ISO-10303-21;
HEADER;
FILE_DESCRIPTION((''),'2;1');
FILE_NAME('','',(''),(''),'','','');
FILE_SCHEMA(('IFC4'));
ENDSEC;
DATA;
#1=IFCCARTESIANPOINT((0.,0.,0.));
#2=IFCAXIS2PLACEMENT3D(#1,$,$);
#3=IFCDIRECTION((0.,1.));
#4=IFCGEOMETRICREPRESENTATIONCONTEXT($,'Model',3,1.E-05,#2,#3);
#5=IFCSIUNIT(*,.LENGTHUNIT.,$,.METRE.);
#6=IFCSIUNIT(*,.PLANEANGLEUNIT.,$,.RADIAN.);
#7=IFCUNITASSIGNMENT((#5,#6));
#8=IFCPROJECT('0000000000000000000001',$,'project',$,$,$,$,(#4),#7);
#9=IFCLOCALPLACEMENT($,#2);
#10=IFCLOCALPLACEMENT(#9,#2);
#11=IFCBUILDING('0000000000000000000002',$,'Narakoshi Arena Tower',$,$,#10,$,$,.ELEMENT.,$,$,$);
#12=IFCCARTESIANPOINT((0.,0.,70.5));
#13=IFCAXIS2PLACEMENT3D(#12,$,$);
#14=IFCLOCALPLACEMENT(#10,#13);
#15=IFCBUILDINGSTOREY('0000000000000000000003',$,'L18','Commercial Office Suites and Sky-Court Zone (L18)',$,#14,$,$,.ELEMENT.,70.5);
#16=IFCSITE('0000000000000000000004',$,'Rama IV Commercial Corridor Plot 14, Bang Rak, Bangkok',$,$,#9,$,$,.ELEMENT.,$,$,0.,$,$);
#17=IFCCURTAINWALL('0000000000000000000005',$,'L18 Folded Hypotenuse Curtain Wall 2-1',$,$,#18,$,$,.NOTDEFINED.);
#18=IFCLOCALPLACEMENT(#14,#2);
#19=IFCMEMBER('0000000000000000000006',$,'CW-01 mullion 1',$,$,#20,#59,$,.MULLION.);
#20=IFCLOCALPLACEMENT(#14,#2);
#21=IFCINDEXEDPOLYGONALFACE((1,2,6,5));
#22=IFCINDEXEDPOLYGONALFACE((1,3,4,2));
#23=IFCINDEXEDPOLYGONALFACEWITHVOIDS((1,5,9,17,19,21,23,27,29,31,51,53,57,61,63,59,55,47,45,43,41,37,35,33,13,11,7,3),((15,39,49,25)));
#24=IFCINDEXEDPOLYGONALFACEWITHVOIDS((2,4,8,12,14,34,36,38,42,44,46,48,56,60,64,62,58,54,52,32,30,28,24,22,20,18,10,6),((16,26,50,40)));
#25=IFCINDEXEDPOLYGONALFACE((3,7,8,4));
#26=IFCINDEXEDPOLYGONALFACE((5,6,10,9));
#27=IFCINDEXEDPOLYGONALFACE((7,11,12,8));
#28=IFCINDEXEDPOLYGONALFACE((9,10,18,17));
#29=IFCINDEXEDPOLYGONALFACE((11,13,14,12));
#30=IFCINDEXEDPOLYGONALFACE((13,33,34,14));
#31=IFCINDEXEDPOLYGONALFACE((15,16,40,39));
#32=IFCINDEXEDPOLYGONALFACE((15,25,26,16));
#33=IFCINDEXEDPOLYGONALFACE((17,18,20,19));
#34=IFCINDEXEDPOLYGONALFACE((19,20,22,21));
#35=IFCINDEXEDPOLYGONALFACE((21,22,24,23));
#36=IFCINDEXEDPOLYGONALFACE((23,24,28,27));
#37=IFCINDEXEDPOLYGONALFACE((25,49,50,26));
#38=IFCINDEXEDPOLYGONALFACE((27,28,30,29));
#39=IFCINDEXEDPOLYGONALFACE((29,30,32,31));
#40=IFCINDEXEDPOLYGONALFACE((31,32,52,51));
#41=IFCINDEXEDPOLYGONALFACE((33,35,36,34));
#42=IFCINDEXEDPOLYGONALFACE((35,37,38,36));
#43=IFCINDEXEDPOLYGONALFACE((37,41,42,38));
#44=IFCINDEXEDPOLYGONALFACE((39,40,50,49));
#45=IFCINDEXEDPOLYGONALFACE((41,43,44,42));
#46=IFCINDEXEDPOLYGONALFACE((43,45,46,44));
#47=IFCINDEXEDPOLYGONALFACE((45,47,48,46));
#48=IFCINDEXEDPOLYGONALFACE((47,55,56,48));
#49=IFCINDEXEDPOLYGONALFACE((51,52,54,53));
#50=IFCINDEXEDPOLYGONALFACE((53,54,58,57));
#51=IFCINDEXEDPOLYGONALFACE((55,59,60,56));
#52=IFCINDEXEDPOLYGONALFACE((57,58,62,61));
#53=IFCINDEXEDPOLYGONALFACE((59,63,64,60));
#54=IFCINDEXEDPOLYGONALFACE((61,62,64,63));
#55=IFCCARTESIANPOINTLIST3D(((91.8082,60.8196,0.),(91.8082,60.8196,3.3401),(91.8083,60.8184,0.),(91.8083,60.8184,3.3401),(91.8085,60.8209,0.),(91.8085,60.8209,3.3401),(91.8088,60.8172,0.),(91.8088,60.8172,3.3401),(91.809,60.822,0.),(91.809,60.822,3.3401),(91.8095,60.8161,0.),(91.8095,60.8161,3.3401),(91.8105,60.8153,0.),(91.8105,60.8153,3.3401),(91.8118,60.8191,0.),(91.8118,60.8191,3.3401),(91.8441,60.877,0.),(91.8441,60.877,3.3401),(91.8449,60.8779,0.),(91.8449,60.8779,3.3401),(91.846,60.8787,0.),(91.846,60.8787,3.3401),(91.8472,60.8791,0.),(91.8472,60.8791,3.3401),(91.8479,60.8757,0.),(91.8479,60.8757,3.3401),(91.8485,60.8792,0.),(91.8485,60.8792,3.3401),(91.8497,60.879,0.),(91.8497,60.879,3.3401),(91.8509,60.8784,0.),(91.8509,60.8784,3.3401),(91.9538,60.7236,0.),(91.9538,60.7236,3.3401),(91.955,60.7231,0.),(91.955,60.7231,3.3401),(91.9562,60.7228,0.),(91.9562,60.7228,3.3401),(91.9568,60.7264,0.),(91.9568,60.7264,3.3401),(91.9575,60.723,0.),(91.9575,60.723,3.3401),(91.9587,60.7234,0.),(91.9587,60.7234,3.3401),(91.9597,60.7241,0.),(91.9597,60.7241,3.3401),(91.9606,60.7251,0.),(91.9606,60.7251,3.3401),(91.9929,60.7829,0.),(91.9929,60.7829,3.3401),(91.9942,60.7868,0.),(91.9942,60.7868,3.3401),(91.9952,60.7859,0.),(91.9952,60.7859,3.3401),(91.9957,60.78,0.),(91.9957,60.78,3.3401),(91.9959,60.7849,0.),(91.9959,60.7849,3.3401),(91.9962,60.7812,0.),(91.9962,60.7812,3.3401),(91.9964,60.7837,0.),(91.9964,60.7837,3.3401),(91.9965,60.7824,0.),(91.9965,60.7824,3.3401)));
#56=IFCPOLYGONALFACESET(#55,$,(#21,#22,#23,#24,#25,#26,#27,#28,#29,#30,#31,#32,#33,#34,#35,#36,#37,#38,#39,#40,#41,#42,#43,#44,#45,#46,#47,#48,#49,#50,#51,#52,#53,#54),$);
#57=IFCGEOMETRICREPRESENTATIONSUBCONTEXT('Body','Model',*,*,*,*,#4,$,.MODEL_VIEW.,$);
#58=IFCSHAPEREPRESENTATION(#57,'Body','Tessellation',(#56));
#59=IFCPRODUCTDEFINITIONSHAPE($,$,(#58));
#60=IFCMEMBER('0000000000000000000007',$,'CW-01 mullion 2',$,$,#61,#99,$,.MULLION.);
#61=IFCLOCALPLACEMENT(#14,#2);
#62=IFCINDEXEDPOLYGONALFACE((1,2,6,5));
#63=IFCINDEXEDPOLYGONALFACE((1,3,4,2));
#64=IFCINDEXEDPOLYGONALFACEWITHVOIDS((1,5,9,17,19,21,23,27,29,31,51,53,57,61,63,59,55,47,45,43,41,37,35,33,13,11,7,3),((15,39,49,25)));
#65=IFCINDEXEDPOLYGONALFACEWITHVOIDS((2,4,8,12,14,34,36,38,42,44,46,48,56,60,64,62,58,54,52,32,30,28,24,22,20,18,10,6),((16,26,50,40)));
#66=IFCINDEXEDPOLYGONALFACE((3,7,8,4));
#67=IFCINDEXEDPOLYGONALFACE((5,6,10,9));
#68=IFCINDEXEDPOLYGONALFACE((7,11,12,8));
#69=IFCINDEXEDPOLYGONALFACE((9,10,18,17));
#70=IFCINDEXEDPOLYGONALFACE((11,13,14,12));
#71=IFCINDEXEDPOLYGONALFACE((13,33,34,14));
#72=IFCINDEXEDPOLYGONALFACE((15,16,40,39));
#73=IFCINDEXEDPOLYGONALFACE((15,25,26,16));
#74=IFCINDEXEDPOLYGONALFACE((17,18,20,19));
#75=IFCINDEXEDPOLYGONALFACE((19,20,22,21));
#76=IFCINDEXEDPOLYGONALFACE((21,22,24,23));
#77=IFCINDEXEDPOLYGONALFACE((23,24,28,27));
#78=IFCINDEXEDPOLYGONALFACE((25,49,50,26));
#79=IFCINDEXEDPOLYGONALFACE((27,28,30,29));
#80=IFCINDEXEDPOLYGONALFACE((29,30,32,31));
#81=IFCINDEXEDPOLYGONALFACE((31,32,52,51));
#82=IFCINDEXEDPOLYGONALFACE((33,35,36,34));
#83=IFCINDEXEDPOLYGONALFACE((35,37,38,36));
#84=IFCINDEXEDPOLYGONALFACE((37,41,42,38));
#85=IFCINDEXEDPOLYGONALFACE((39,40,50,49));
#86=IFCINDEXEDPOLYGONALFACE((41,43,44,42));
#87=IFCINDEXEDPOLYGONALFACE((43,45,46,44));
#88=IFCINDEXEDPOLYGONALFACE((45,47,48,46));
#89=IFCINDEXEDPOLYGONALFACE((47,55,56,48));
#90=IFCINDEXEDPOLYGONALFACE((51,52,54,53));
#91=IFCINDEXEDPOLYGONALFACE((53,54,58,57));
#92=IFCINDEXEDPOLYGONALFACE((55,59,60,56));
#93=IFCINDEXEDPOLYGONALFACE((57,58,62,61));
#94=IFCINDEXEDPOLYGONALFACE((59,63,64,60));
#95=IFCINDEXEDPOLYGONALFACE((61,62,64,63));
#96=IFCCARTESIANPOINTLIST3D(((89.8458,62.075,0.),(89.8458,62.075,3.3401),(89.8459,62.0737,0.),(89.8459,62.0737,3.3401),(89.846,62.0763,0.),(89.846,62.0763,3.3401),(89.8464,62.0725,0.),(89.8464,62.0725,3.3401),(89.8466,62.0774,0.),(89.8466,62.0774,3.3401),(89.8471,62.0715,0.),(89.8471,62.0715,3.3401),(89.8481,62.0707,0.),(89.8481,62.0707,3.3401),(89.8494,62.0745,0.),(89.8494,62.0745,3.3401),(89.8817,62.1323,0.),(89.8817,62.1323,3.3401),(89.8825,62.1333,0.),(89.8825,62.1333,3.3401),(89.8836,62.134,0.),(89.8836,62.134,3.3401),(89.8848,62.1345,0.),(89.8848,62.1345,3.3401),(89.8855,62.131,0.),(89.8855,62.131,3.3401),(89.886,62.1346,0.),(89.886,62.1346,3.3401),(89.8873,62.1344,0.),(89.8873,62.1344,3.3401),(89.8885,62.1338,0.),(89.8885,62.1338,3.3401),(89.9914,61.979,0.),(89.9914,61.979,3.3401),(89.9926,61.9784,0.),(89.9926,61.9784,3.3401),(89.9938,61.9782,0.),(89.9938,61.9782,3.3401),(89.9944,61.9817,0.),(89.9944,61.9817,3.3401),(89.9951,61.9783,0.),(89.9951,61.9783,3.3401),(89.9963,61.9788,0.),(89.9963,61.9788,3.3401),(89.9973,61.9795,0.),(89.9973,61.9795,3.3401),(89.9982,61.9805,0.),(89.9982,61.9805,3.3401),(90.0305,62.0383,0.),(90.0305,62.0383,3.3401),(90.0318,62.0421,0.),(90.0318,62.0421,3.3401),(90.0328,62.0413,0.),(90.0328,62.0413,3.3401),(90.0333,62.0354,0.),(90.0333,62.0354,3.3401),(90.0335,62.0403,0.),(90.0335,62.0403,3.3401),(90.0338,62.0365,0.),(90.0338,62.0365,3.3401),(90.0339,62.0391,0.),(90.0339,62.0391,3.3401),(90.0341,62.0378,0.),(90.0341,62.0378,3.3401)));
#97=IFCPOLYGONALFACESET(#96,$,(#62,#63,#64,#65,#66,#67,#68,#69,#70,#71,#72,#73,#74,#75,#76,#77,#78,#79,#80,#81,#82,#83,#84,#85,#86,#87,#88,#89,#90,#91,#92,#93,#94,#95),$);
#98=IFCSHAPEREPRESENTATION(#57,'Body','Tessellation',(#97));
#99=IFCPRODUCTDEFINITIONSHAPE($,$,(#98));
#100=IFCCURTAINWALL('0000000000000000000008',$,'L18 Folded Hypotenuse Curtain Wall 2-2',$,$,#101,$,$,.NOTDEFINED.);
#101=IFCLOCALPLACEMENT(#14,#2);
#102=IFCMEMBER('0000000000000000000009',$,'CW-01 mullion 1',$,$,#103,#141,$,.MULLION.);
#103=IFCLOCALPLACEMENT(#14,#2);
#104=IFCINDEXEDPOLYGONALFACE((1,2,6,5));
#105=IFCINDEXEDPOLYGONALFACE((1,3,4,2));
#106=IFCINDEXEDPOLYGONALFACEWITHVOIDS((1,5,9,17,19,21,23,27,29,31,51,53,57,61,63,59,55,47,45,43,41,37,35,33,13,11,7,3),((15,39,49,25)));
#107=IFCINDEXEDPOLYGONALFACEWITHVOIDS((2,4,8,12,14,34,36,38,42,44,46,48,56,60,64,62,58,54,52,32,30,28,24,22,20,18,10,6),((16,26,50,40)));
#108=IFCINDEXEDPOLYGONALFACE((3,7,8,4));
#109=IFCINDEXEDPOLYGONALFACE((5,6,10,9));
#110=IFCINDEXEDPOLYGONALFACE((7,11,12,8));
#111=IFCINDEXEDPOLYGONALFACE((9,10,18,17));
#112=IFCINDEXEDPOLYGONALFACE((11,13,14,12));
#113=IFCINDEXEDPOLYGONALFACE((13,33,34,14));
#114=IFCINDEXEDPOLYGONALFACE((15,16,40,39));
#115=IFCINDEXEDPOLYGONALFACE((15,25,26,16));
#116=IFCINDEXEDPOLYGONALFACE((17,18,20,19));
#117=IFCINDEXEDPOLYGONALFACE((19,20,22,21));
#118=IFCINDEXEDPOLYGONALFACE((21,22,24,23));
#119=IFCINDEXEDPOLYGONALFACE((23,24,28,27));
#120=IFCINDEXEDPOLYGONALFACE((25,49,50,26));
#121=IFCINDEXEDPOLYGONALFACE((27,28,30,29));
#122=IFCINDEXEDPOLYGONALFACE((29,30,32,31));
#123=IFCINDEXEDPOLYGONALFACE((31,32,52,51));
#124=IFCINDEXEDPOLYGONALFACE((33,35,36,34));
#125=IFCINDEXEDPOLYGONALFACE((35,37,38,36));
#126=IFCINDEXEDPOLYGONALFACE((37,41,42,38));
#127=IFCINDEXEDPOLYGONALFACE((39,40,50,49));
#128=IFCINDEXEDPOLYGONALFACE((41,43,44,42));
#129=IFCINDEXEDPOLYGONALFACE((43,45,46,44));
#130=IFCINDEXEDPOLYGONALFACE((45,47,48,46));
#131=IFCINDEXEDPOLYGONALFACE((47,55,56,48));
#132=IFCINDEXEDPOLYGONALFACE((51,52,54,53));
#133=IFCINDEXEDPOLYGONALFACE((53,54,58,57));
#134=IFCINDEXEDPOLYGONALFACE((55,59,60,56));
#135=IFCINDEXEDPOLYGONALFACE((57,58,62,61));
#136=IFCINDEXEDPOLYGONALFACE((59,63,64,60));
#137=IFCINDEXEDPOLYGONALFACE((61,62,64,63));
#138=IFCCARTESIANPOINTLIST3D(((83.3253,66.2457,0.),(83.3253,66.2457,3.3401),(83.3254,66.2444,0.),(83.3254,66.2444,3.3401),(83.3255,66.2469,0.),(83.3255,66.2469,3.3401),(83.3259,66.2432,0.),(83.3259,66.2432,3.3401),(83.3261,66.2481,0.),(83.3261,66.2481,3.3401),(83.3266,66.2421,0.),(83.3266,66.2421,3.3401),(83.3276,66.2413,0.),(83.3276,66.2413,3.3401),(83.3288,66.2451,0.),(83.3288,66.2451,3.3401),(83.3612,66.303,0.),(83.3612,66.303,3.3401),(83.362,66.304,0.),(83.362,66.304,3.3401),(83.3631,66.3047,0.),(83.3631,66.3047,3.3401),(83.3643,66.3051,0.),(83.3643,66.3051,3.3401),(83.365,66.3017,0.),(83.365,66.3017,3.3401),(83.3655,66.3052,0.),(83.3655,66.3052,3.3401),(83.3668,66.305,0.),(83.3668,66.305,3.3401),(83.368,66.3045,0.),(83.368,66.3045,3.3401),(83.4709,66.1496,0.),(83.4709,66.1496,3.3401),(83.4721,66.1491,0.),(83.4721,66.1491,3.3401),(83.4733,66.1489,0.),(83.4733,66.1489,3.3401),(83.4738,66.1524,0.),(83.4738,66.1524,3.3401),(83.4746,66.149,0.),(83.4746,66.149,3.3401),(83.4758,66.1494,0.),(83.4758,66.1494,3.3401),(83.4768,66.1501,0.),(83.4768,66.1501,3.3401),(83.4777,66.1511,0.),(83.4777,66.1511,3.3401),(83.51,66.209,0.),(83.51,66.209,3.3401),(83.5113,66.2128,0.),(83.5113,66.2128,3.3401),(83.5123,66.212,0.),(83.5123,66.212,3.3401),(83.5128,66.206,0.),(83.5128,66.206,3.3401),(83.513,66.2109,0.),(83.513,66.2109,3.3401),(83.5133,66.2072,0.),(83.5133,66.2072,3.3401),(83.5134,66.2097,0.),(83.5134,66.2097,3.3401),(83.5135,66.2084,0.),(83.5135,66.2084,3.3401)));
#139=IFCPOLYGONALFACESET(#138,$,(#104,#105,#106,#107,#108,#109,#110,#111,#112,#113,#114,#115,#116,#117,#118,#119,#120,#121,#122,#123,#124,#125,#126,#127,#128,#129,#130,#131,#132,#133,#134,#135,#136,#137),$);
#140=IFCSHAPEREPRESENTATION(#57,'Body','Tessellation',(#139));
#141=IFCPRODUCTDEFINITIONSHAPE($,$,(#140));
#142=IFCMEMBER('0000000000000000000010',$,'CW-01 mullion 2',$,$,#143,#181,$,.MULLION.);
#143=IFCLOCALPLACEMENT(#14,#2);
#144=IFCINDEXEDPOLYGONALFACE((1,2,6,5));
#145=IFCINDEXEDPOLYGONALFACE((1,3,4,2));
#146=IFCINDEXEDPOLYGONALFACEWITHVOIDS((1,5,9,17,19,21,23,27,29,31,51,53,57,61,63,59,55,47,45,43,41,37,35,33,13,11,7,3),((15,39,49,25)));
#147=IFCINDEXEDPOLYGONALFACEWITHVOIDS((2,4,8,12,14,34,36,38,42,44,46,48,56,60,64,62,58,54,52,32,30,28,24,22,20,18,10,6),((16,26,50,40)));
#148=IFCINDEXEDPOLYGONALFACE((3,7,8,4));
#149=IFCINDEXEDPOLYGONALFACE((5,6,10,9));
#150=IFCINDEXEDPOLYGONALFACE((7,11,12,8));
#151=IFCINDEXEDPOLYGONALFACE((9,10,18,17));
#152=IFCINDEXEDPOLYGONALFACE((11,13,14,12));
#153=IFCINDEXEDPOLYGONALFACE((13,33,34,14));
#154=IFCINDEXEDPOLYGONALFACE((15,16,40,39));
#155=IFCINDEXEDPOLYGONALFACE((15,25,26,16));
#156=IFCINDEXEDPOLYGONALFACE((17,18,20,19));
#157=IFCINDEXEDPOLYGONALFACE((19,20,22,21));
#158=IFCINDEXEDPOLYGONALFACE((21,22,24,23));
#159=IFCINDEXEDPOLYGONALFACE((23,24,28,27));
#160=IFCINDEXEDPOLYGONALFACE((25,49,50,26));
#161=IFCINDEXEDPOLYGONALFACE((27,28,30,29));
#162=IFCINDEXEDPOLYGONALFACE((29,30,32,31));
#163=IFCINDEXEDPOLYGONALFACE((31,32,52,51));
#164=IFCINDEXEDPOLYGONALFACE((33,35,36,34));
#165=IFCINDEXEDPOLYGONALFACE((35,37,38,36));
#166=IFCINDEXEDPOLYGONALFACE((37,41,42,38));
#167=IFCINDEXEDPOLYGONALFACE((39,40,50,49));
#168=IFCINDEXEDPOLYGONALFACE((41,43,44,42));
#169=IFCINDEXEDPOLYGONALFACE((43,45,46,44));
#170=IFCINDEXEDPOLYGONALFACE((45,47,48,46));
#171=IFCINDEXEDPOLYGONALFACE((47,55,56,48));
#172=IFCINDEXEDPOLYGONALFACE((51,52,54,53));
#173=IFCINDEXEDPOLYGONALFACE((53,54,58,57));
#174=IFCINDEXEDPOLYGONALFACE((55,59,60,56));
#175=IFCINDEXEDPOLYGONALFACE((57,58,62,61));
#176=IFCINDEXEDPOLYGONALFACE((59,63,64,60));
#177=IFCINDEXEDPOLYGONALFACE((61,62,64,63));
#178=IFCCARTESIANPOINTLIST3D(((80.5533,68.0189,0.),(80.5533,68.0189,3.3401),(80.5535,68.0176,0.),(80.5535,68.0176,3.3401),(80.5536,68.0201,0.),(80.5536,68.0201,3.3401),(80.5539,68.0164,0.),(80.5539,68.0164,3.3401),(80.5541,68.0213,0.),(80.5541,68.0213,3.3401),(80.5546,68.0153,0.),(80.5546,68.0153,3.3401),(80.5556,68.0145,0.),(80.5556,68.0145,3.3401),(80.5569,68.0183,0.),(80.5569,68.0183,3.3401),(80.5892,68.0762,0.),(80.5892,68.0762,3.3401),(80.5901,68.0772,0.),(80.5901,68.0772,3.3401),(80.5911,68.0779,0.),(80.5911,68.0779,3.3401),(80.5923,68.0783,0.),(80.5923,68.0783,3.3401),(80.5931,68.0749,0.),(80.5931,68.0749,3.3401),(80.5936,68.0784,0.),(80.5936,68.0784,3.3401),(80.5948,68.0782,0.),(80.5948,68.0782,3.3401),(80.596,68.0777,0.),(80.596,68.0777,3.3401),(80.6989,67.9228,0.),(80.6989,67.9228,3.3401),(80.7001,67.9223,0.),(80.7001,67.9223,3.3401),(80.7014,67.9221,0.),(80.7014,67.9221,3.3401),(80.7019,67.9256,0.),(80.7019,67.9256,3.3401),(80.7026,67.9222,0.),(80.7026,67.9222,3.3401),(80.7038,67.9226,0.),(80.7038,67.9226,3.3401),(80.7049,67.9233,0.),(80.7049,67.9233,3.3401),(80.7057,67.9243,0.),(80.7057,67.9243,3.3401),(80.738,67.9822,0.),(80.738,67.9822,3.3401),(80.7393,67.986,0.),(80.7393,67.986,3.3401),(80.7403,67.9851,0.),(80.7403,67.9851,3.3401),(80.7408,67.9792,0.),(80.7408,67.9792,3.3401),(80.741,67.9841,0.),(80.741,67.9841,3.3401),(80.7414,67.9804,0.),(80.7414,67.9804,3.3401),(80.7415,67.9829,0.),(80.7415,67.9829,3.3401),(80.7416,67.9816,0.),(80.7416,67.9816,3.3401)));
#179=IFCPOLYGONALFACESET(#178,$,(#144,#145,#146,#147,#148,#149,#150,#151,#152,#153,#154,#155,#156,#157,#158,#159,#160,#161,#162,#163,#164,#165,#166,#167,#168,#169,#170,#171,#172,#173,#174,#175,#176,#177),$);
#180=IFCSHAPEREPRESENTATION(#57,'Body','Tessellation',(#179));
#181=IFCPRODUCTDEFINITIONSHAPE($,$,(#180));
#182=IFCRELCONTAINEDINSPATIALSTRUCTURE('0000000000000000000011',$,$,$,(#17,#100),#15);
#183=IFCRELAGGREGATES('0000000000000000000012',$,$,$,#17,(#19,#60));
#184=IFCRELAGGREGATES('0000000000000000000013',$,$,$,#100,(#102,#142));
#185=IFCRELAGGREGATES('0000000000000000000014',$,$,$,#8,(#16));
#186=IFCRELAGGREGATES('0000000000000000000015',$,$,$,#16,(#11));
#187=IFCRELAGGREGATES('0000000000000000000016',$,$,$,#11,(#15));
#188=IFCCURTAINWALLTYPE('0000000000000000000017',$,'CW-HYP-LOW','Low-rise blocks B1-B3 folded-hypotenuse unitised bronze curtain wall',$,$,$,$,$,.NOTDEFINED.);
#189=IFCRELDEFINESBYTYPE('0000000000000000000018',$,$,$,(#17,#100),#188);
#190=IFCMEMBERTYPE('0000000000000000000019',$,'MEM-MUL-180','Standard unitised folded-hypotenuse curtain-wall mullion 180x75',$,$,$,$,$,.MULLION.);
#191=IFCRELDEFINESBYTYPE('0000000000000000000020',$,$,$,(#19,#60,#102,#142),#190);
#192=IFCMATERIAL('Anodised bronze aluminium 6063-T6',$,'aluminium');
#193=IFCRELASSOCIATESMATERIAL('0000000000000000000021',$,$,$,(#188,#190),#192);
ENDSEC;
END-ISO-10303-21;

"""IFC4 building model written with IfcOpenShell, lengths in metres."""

from ifc_helpers import new_model, si_unit, direction, frame, origin, origin_2d, place, context, subcontext, project, spatial, hollow_rectangle, extrude, material, material_profile, profile_set, type_object, element, aggregate, save


model = new_model("IFC4")

# Units and contexts
model_context = context("Model", 3, precision=1e-05, world=origin(), true_north=direction((0.0, 1.0)))
body_context = subcontext(model_context, "Body", "Model", "MODEL_VIEW")
ifc_project = project(units=[si_unit("LENGTHUNIT", "METRE"), si_unit("PLANEANGLEUNIT", "RADIAN")], contexts=[model_context])

# Site, building, storey
site_placement = place(None, origin())
site = spatial("IfcSite", under=ifc_project, at=site_placement, Name="Rama IV Commercial Corridor Plot 14, Bang Rak, Bangkok", CompositionType="ELEMENT", RefElevation=0.0)
building_placement = place(site_placement, origin())
building = spatial("IfcBuilding", under=site, at=building_placement, Name="Narakoshi Arena Tower", CompositionType="ELEMENT")
storey_placement = place(building_placement, frame((0.0, 0.0, 70.5)))
storey = spatial("IfcBuildingStorey", under=building, at=storey_placement, Name="L18", Description="Commercial Office Suites and Sky-Court Zone (L18)", CompositionType="ELEMENT", Elevation=70.5)

# Curtain walls, members
ifc_material_1 = material(Name="Anodised bronze aluminium 6063-T6", Category="aluminium")
curtain_wall_type = type_object("IfcCurtainWallType", Name="CW-HYP-LOW", Description="Low-rise blocks B1-B3 folded-hypotenuse unitised bronze curtain wall", PredefinedType="NOTDEFINED", material=ifc_material_1)
curtain_wall_1_placement = place(storey_placement, origin())
curtain_wall_1 = element("IfcCurtainWall", 1, at=curtain_wall_1_placement, inside=storey, type_object=curtain_wall_type, Name="L18 Folded Hypotenuse Curtain Wall 2-1", PredefinedType="NOTDEFINED")
ifc_material_profile_1 = material_profile(ifc_material_1, hollow_rectangle(XDim=0.075, YDim=0.1799, WallThickness=0.0039, OuterFilletRadius=0.0049, at=origin_2d()), Name="MUL180x75x4")
ifc_profile_set_1 = profile_set([ifc_material_profile_1], Name="Anodised bronze aluminium 6063-T6")
member_type_1 = type_object("IfcMemberType", Name="MEM-MUL-180", Description="Standard unitised folded-hypotenuse curtain-wall mullion 180x75", PredefinedType="MULLION", material=ifc_profile_set_1)
member_1_placement = place(storey_placement, frame((91.9023, 60.801, 0.0), z_axis=(0.0, 0.0, 1.0), x_axis=(-0.538822, -0.842419, 0.0)))
member_1 = element("IfcMember", 2, at=member_1_placement, type_object=member_type_1, Name="CW-01 mullion 1", PredefinedType="MULLION", context=body_context, shape_type="SweptSolid", body=[
    extrude(hollow_rectangle(XDim=0.075, YDim=0.1799, WallThickness=0.0039, OuterFilletRadius=0.0049, at=origin_2d()), origin(), (0.0, 0.0, 1.0), 3.3401),
])
member_2_placement = place(storey_placement, frame((89.9399, 62.0564, 0.0), z_axis=(0.0, 0.0, 1.0), x_axis=(-0.538822, -0.842419, 0.0)))
member_2 = element("IfcMember", 3, at=member_2_placement, type_object=member_type_1, Name="CW-01 mullion 2", PredefinedType="MULLION", context=body_context, shape_type="SweptSolid", body=[
    extrude(hollow_rectangle(XDim=0.075, YDim=0.1799, WallThickness=0.0039, OuterFilletRadius=0.0049, at=origin_2d()), origin(), (0.0, 0.0, 1.0), 3.3401),
])
curtain_wall_2_placement = place(storey_placement, origin())
curtain_wall_2 = element("IfcCurtainWall", 4, at=curtain_wall_2_placement, inside=storey, type_object=curtain_wall_type, Name="L18 Folded Hypotenuse Curtain Wall 2-2", PredefinedType="NOTDEFINED")
member_3_placement = place(storey_placement, frame((83.4194, 66.2271, 0.0), z_axis=(0.0, 0.0, 1.0), x_axis=(-0.538829, -0.842415, 0.0)))
member_3 = element("IfcMember", 5, at=member_3_placement, type_object=member_type_1, Name="CW-01 mullion 1", PredefinedType="MULLION", context=body_context, shape_type="SweptSolid", body=[
    extrude(hollow_rectangle(XDim=0.075, YDim=0.1799, WallThickness=0.0039, OuterFilletRadius=0.0049, at=origin_2d()), origin(), (0.0, 0.0, 1.0), 3.3401),
])
member_4_placement = place(storey_placement, frame((80.6475, 68.0002, 0.0), z_axis=(0.0, 0.0, 1.0), x_axis=(-0.538829, -0.842415, 0.0)))
member_4 = element("IfcMember", 6, at=member_4_placement, type_object=member_type_1, Name="CW-01 mullion 2", PredefinedType="MULLION", context=body_context, shape_type="SweptSolid", body=[
    extrude(hollow_rectangle(XDim=0.075, YDim=0.1799, WallThickness=0.0039, OuterFilletRadius=0.0049, at=origin_2d()), origin(), (0.0, 0.0, 1.0), 3.3401),
])

aggregate(curtain_wall_1, [member_1, member_2])
aggregate(curtain_wall_2, [member_3, member_4])

save(model, "model.ifc")
